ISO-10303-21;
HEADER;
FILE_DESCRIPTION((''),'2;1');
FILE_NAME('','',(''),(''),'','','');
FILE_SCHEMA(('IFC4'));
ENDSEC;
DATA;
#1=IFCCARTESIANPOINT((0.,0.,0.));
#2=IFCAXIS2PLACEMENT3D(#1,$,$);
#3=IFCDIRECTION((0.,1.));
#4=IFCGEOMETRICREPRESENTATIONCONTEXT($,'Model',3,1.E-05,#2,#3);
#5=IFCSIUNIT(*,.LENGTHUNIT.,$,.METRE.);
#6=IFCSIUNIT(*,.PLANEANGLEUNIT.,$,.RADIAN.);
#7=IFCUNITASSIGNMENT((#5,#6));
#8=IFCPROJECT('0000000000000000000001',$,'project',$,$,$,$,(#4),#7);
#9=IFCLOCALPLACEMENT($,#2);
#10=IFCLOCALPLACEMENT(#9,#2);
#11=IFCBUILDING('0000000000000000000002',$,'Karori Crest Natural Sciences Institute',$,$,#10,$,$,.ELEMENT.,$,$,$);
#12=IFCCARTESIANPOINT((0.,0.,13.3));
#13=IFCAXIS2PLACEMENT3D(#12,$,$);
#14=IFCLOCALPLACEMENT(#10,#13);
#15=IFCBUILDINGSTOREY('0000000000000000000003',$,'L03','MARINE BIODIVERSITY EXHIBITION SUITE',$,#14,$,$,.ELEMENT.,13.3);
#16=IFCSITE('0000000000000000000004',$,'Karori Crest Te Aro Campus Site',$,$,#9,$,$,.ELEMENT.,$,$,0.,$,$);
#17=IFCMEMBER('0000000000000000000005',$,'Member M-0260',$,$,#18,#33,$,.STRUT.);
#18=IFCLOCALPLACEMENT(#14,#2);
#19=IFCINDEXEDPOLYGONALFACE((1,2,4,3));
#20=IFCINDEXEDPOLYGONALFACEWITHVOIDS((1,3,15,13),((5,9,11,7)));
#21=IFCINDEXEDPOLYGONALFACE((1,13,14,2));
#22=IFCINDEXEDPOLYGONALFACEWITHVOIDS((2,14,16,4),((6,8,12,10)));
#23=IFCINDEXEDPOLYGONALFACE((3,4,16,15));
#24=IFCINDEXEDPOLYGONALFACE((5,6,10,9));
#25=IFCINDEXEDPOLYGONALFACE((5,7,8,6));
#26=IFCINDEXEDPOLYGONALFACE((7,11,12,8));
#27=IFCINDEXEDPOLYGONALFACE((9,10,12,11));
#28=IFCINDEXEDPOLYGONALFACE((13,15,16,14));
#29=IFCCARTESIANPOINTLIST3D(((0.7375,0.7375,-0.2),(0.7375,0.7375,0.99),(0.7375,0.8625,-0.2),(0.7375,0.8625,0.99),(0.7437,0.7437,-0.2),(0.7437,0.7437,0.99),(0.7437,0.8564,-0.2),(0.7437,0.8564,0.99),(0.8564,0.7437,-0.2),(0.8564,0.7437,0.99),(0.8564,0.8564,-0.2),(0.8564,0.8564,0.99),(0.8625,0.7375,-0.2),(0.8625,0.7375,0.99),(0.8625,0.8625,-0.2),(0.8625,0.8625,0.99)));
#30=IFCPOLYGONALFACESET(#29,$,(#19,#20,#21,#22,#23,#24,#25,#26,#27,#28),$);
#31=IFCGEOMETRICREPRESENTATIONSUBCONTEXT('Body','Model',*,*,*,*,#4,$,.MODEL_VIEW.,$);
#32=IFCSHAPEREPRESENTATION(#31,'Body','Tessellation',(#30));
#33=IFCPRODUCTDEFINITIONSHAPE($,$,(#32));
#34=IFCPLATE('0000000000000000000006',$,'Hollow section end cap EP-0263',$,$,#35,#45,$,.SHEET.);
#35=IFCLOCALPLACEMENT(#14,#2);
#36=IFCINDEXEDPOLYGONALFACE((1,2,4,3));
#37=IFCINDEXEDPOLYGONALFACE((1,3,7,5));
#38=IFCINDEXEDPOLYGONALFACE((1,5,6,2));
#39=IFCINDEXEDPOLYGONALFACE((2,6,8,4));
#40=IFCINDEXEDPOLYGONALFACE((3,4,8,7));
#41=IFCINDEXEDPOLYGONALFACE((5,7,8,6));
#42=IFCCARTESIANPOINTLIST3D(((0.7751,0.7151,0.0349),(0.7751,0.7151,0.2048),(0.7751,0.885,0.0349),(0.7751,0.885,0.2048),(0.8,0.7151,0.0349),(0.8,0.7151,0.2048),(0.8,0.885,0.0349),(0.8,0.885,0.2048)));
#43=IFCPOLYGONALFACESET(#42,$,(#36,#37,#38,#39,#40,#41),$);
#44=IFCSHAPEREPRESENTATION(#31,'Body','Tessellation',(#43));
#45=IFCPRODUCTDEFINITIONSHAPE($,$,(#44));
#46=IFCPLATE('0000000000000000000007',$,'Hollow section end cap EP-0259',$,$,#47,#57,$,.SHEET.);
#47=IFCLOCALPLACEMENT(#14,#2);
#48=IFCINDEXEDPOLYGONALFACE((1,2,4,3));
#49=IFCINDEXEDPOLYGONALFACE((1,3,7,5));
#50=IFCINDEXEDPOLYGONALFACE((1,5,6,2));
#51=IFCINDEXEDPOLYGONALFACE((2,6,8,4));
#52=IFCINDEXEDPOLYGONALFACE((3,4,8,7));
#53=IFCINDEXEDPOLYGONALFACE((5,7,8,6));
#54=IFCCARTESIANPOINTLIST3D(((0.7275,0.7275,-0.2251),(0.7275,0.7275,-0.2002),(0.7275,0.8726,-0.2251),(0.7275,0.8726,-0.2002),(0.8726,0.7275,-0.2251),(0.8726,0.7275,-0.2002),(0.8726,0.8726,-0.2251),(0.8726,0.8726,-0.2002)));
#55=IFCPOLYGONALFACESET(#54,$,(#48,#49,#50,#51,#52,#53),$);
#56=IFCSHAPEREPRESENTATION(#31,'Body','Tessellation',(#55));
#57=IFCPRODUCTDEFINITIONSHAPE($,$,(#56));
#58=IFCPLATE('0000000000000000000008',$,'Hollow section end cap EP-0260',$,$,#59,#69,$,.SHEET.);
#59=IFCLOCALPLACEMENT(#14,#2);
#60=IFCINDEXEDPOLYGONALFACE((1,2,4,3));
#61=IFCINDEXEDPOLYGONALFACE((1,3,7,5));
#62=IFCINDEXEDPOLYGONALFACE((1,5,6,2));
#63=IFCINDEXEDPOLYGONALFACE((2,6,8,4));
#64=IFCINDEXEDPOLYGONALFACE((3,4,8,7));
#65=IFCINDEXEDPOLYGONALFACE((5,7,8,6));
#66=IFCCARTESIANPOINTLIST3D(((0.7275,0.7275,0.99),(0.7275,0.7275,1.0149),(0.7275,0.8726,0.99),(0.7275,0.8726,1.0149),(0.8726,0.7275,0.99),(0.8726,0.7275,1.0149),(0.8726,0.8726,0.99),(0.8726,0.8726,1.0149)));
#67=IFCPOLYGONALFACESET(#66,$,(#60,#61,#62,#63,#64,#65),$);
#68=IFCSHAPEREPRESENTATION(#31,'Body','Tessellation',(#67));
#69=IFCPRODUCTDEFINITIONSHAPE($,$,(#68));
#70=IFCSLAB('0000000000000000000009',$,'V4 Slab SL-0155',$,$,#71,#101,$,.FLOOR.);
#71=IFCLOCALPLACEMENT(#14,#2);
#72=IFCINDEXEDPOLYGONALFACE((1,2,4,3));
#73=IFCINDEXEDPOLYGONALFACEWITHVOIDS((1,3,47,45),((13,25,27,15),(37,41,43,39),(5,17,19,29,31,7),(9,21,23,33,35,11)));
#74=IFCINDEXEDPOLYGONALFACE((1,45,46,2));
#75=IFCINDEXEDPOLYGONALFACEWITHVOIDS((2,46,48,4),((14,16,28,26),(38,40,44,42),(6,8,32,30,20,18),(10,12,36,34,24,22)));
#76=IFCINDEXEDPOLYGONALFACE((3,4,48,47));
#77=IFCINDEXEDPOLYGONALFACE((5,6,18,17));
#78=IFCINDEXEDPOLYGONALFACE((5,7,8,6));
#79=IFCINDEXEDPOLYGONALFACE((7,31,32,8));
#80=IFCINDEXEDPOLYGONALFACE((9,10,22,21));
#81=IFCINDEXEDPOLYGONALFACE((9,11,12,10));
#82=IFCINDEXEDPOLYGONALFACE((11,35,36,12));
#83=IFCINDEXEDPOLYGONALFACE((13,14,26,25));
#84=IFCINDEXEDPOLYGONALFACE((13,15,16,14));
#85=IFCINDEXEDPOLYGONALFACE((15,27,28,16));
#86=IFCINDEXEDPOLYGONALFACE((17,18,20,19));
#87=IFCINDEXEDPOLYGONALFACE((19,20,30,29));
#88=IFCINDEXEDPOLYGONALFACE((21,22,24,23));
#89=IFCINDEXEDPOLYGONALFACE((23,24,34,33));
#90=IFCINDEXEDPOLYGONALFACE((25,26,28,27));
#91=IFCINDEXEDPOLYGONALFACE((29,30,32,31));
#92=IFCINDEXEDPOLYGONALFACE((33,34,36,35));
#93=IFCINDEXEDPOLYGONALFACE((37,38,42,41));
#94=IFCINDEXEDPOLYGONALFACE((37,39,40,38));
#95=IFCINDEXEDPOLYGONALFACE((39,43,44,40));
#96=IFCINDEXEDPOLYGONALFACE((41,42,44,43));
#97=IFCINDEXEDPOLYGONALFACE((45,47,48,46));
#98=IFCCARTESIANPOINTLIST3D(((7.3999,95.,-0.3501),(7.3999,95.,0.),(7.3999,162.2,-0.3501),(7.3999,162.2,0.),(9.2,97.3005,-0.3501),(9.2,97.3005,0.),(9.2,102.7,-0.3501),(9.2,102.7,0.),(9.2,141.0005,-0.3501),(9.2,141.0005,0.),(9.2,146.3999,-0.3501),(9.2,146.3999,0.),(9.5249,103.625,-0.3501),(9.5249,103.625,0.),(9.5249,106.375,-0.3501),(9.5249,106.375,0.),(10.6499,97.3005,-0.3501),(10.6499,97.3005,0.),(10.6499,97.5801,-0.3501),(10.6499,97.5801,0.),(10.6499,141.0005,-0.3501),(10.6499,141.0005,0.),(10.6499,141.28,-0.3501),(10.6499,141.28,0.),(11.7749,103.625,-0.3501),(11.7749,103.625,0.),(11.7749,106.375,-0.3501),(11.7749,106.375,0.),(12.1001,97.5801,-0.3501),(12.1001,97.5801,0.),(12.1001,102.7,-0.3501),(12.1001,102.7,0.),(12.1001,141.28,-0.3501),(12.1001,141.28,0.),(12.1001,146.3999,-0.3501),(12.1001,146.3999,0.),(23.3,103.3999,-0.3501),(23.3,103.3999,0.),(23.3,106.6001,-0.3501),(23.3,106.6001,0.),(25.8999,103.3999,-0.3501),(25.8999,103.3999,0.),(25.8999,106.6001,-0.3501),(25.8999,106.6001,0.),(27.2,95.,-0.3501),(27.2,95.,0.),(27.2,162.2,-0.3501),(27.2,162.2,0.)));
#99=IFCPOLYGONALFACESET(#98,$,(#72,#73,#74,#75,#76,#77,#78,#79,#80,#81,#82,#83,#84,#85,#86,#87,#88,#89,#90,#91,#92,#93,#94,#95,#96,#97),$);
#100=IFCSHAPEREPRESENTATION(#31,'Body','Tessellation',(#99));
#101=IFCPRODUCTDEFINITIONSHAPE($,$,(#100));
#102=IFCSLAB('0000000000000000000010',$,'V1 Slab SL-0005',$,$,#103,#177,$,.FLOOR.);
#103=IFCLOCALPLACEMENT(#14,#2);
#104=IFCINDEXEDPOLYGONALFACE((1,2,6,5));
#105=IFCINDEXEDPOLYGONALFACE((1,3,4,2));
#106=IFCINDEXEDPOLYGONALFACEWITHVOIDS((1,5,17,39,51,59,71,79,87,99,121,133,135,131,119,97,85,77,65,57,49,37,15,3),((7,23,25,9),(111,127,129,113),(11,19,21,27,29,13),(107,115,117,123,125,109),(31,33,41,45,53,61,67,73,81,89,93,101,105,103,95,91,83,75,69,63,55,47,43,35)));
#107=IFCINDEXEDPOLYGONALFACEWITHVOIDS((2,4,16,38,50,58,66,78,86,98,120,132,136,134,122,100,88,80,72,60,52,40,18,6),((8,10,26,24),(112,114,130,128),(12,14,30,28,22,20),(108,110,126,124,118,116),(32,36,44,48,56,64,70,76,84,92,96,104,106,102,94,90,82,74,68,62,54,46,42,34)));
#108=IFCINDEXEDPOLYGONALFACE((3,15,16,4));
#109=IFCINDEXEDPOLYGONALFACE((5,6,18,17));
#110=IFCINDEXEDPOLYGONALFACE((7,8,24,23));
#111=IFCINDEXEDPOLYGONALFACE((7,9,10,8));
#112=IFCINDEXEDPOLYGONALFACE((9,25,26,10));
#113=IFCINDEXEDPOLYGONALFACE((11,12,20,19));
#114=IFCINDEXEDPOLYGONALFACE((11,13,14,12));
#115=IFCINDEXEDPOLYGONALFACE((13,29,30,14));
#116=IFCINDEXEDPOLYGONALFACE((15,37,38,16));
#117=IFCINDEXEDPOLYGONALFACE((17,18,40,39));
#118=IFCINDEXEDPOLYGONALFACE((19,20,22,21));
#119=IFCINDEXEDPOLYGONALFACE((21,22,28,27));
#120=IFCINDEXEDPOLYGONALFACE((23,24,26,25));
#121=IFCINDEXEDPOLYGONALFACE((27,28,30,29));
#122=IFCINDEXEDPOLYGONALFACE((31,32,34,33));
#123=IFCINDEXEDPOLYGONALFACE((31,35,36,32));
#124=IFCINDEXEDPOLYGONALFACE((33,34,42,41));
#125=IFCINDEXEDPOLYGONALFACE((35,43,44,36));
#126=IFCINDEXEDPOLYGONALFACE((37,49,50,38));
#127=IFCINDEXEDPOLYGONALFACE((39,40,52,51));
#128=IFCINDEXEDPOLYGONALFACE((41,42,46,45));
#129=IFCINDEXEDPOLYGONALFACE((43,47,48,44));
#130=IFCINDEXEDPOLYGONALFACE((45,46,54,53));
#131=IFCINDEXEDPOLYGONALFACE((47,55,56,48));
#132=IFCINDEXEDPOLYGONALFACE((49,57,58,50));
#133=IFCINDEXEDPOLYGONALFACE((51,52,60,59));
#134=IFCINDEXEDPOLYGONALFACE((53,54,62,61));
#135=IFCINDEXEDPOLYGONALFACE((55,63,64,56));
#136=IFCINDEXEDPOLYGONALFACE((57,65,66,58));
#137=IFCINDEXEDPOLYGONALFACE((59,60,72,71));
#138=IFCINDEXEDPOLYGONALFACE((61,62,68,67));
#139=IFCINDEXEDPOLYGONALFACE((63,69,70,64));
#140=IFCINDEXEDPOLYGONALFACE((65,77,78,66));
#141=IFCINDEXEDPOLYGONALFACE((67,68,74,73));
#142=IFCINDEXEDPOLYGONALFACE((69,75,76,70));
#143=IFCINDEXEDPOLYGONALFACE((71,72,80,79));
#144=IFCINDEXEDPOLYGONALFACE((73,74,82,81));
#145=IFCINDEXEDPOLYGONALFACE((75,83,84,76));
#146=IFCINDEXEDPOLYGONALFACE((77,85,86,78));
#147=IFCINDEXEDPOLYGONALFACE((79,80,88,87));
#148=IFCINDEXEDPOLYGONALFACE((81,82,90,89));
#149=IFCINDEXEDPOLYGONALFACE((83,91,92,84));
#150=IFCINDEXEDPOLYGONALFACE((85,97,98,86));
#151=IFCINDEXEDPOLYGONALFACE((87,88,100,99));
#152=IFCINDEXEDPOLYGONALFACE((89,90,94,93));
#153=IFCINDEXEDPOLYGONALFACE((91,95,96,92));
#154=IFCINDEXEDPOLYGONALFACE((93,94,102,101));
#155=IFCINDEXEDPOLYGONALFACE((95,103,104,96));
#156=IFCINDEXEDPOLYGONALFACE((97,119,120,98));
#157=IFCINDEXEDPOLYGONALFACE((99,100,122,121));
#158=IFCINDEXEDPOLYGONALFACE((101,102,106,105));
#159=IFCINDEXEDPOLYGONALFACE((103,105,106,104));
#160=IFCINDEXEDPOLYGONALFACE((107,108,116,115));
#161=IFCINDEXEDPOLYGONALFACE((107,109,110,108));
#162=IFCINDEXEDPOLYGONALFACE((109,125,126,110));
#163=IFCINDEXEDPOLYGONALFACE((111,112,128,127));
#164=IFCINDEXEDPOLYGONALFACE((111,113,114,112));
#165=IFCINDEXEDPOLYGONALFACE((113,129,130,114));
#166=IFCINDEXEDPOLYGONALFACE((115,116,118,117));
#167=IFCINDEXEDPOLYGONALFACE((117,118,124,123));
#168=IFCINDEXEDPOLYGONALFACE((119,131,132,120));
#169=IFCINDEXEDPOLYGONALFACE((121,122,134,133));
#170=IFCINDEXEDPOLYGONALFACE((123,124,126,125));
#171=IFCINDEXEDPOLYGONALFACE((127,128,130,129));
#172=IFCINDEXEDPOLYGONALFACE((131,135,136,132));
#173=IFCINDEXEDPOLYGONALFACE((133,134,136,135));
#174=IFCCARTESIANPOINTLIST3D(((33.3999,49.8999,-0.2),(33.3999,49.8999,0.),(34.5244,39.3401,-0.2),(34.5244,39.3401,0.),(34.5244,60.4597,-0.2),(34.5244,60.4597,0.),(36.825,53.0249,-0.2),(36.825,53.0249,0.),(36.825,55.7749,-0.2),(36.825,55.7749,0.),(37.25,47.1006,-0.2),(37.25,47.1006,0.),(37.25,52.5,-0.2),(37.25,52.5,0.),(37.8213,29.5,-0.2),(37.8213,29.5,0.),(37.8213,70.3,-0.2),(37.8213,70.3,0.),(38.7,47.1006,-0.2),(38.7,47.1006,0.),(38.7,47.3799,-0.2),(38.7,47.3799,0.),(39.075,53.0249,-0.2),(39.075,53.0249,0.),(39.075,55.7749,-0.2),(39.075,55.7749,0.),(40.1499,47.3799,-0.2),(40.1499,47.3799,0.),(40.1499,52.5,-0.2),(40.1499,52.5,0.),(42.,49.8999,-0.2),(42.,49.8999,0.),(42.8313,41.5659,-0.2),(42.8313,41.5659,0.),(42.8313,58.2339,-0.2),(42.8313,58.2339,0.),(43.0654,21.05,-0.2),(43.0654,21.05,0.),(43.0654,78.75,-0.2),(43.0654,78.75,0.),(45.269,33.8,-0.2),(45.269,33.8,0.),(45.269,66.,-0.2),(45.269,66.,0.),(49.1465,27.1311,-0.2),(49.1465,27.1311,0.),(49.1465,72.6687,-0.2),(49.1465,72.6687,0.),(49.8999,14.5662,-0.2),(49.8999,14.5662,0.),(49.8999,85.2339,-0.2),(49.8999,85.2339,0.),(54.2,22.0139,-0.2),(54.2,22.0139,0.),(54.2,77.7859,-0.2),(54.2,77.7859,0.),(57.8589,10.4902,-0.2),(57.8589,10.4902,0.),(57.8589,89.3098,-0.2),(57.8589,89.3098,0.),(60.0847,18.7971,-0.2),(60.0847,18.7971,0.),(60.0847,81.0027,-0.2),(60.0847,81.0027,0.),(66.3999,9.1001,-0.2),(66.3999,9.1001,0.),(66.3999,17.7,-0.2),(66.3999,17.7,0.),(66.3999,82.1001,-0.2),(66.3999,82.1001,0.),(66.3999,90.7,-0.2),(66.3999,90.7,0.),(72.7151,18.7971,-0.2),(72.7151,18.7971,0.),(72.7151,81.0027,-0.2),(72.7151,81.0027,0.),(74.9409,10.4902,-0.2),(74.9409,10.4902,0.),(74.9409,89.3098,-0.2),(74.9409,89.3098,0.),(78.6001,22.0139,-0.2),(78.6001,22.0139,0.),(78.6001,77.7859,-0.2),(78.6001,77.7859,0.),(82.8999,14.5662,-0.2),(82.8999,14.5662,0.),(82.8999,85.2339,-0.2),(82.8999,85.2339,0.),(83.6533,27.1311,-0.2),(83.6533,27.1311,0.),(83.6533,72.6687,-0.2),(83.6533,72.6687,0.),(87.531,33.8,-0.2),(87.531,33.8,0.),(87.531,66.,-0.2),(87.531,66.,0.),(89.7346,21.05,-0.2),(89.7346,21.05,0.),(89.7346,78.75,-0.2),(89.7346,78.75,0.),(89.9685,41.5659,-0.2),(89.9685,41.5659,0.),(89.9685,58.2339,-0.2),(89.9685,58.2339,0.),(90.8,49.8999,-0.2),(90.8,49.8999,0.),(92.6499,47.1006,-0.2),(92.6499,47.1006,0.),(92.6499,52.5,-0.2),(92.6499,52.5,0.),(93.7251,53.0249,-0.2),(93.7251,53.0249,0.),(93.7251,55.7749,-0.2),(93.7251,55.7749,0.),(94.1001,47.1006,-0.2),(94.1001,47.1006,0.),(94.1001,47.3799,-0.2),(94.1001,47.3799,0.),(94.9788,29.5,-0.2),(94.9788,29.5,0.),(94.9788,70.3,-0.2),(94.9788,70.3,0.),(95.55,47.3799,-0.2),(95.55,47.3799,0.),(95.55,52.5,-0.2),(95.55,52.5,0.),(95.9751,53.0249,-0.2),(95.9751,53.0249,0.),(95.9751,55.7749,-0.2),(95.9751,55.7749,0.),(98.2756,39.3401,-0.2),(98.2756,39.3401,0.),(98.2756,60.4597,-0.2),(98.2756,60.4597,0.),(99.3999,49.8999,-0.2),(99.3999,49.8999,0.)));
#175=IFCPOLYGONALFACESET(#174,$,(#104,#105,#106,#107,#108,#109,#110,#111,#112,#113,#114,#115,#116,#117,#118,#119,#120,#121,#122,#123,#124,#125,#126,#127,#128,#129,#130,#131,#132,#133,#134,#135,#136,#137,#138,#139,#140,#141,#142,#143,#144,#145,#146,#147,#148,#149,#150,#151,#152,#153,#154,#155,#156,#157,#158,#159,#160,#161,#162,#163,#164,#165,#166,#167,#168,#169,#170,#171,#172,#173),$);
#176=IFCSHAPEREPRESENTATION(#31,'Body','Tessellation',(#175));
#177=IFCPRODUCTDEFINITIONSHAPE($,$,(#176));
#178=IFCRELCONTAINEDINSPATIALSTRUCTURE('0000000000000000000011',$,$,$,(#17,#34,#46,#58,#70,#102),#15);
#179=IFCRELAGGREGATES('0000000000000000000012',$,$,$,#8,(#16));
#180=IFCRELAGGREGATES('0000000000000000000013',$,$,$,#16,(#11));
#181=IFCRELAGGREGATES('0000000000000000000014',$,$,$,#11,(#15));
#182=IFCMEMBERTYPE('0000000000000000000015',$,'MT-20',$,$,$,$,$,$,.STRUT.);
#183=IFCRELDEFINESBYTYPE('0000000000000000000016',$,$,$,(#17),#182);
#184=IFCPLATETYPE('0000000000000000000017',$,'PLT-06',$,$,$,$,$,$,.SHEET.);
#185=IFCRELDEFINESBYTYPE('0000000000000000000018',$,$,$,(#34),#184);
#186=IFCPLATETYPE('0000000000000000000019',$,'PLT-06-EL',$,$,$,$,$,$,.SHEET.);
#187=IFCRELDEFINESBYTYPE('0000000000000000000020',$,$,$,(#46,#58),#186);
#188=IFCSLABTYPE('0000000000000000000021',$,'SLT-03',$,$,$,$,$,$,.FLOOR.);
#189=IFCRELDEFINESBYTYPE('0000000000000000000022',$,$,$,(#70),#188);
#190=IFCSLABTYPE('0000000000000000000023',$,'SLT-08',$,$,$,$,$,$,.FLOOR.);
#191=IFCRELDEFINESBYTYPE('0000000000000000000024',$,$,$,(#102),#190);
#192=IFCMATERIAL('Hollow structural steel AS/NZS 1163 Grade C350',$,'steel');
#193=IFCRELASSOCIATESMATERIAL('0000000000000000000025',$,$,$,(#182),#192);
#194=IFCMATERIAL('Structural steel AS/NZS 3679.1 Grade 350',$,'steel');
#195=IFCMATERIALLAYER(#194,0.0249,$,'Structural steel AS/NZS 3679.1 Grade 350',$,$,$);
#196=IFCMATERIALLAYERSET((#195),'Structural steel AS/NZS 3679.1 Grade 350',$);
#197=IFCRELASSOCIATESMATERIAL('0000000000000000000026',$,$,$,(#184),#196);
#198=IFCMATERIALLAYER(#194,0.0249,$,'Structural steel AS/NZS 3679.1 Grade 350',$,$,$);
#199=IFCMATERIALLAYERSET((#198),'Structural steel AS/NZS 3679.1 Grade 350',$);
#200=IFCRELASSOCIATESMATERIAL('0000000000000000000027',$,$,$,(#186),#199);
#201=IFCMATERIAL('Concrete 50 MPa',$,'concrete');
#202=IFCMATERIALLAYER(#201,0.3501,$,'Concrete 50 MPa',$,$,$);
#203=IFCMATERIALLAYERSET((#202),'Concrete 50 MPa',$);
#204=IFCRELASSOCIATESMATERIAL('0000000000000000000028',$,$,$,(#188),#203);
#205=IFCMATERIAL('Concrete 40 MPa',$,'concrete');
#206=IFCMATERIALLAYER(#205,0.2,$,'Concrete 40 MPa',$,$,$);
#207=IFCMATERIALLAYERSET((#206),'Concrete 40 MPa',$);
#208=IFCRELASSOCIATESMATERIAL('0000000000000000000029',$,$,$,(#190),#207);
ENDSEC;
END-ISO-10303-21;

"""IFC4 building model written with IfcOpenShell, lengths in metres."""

from ifc_helpers import new_model, si_unit, direction, frame, origin, origin_2d, place, context, subcontext, project, spatial, polyline, rectangle, hollow_rectangle, outline, extrude, material, layer, layer_set, material_profile, profile_set, type_object, element, save


model = new_model("IFC4")

# Units and contexts
model_context = context("Model", 3, precision=1e-05, world=origin(), true_north=direction((0.0, 1.0)))
body_context = subcontext(model_context, "Body", "Model", "MODEL_VIEW")
ifc_project = project(units=[si_unit("LENGTHUNIT", "METRE"), si_unit("PLANEANGLEUNIT", "RADIAN")], contexts=[model_context])

# Site, building, storey
site_placement = place(None, origin())
site = spatial("IfcSite", under=ifc_project, at=site_placement, Name="Karori Crest Te Aro Campus Site", CompositionType="ELEMENT", RefElevation=0.0)
building_placement = place(site_placement, origin())
building = spatial("IfcBuilding", under=site, at=building_placement, Name="Karori Crest Natural Sciences Institute", CompositionType="ELEMENT")
storey_placement = place(building_placement, frame((0.0, 0.0, 13.3)))
storey = spatial("IfcBuildingStorey", under=building, at=storey_placement, Name="L03", Description="MARINE BIODIVERSITY EXHIBITION SUITE", CompositionType="ELEMENT", Elevation=13.3)

# Member
ifc_material_1 = material(Name="Hollow structural steel AS/NZS 1163 Grade C350", Category="steel")
ifc_material_profile = material_profile(ifc_material_1, hollow_rectangle(XDim=0.125, YDim=0.125, WallThickness=0.0061, at=origin_2d()), Name="SHS125x125x6")
ifc_profile_set = profile_set([ifc_material_profile], Name="Hollow structural steel AS/NZS 1163 Grade C350")
member_type = type_object("IfcMemberType", Name="MT-20", PredefinedType="STRUT", material=ifc_profile_set)
member_placement = place(storey_placement, frame((0.8, 0.8, -0.2), z_axis=(0.0, 0.0, 1.0), x_axis=(1.0, 0.0, 0.0)))
element("IfcMember", 1, at=member_placement, inside=storey, type_object=member_type, Name="Member M-0260", PredefinedType="STRUT", context=body_context, shape_type="SweptSolid", body=[
    extrude(hollow_rectangle(XDim=0.125, YDim=0.125, WallThickness=0.0061, at=origin_2d()), origin(), (0.0, 0.0, 1.0), 1.1899),
])

# Plates
ifc_material_2 = material(Name="Structural steel AS/NZS 3679.1 Grade 350", Category="steel")
ifc_layer_1 = layer(ifc_material_2, 0.0249, Name="Structural steel AS/NZS 3679.1 Grade 350")
ifc_layer_set_1 = layer_set([ifc_layer_1], Name="Structural steel AS/NZS 3679.1 Grade 350")
plate_type_1 = type_object("IfcPlateType", Name="PLT-06", PredefinedType="SHEET", material=ifc_layer_set_1)
plate_placement = place(storey_placement, frame((0.7876, 0.8, 0.0349), z_axis=(0.0, 0.0, 1.0), x_axis=(1.0, 0.0, 0.0)))
element("IfcPlate", 2, at=plate_placement, inside=storey, type_object=plate_type_1, Name="Hollow section end cap EP-0263", PredefinedType="SHEET", context=body_context, shape_type="SweptSolid", body=[
    extrude(rectangle(XDim=0.0249, YDim=0.1699, at=origin_2d()), origin(), (0.0, 0.0, 1.0), 0.1699),
])
ifc_layer_2 = layer(ifc_material_2, 0.0249, Name="Structural steel AS/NZS 3679.1 Grade 350")
ifc_layer_set_2 = layer_set([ifc_layer_2], Name="Structural steel AS/NZS 3679.1 Grade 350")
plate_type_2 = type_object("IfcPlateType", Name="PLT-06-EL", PredefinedType="SHEET", material=ifc_layer_set_2)
for number, where, z_axis, x_axis, name in (
    (3, (0.8, 0.8, -0.2251), (0.0, 0.0, 1.0), (1.0, 0.0, 0.0), "Hollow section end cap EP-0259"),
    (4, (0.8, 0.8, 0.99), (0.0, 0.0, 1.0), (1.0, 0.0, 0.0), "Hollow section end cap EP-0260"),
):
    element("IfcPlate", number, at=place(storey_placement, frame(where, z_axis=z_axis, x_axis=x_axis)), inside=storey, type_object=plate_type_2, Name=name, PredefinedType="SHEET", context=body_context, shape_type="SweptSolid", body=[
        extrude(rectangle(XDim=0.145, YDim=0.145, at=origin_2d()), origin(), (0.0, 0.0, 1.0), 0.0249),
    ])

# Slabs
ifc_material_3 = material(Name="Concrete 50 MPa", Category="concrete")
ifc_layer_3 = layer(ifc_material_3, 0.3501, Name="Concrete 50 MPa")
ifc_layer_set_3 = layer_set([ifc_layer_3], Name="Concrete 50 MPa")
slab_type_1 = type_object("IfcSlabType", Name="SLT-03", PredefinedType="FLOOR", material=ifc_layer_set_3)
slab_1_placement = place(storey_placement, frame((0.0, 0.0, -0.3501)))
element("IfcSlab", 5, at=slab_1_placement, inside=storey, type_object=slab_type_1, Name="V4 Slab SL-0155", PredefinedType="FLOOR", context=body_context, shape_type="SweptSolid", body=[
    extrude(outline(polyline([(7.3999, 95.0), (27.2, 95.0), (27.2, 162.2), (7.3999, 162.2), (7.3999, 95.0)]), holes=[polyline([(12.1001, 97.5801), (10.6499, 97.5801), (10.6499, 97.3005), (9.2, 97.3005), (9.2, 102.7), (12.1001, 102.7), (12.1001, 97.5801)]), polyline([(12.1001, 141.28), (10.6499, 141.28), (10.6499, 141.0005), (9.2, 141.0005), (9.2, 146.3999), (12.1001, 146.3999), (12.1001, 141.28)]), polyline([(9.5249, 106.375), (11.7749, 106.375), (11.7749, 103.625), (9.5249, 103.625), (9.5249, 106.375)]), polyline([(23.3, 106.6001), (25.8999, 106.6001), (25.8999, 103.3999), (23.3, 103.3999), (23.3, 106.6001)])]), origin(), (0.0, 0.0, 1.0), 0.3501),
])
ifc_material_4 = material(Name="Concrete 40 MPa", Category="concrete")
ifc_layer_4 = layer(ifc_material_4, 0.2, Name="Concrete 40 MPa")
ifc_layer_set_4 = layer_set([ifc_layer_4], Name="Concrete 40 MPa")
slab_type_2 = type_object("IfcSlabType", Name="SLT-08", PredefinedType="FLOOR", material=ifc_layer_set_4)
slab_2_placement = place(storey_placement, frame((0.0, 0.0, -0.2)))
element("IfcSlab", 6, at=slab_2_placement, inside=storey, type_object=slab_type_2, Name="V1 Slab SL-0005", PredefinedType="FLOOR", context=body_context, shape_type="SweptSolid", body=[
    extrude(outline(polyline([(99.3999, 49.8999), (98.2756, 60.4597), (94.9788, 70.3), (89.7346, 78.75), (82.8999, 85.2339), (74.9409, 89.3098), (66.3999, 90.7), (57.8589, 89.3098), (49.8999, 85.2339), (43.0654, 78.75), (37.8213, 70.3), (34.5244, 60.4597), (33.3999, 49.8999), (34.5244, 39.3401), (37.8213, 29.5), (43.0654, 21.05), (49.8999, 14.5662), (57.8589, 10.4902), (66.3999, 9.1001), (74.9409, 10.4902), (82.8999, 14.5662), (89.7346, 21.05), (94.9788, 29.5), (98.2756, 39.3401), (99.3999, 49.8999)]), holes=[polyline([(89.9685, 41.5659), (87.531, 33.8), (83.6533, 27.1311), (78.6001, 22.0139), (72.7151, 18.7971), (66.3999, 17.7), (60.0847, 18.7971), (54.2, 22.0139), (49.1465, 27.1311), (45.269, 33.8), (42.8313, 41.5659), (42.0, 49.8999), (42.8313, 58.2339), (45.269, 66.0), (49.1465, 72.6687), (54.2, 77.7859), (60.0847, 81.0027), (66.3999, 82.1001), (72.7151, 81.0027), (78.6001, 77.7859), (83.6533, 72.6687), (87.531, 66.0), (89.9685, 58.2339), (90.8, 49.8999), (89.9685, 41.5659)]), polyline([(95.55, 47.3799), (94.1001, 47.3799), (94.1001, 47.1006), (92.6499, 47.1006), (92.6499, 52.5), (95.55, 52.5), (95.55, 47.3799)]), polyline([(40.1499, 47.3799), (38.7, 47.3799), (38.7, 47.1006), (37.25, 47.1006), (37.25, 52.5), (40.1499, 52.5), (40.1499, 47.3799)]), polyline([(93.7251, 55.7749), (95.9751, 55.7749), (95.9751, 53.0249), (93.7251, 53.0249), (93.7251, 55.7749)]), polyline([(36.825, 55.7749), (39.075, 55.7749), (39.075, 53.0249), (36.825, 53.0249), (36.825, 55.7749)])]), origin(), (0.0, 0.0, 1.0), 0.2),
])

save(model, "model.ifc")
